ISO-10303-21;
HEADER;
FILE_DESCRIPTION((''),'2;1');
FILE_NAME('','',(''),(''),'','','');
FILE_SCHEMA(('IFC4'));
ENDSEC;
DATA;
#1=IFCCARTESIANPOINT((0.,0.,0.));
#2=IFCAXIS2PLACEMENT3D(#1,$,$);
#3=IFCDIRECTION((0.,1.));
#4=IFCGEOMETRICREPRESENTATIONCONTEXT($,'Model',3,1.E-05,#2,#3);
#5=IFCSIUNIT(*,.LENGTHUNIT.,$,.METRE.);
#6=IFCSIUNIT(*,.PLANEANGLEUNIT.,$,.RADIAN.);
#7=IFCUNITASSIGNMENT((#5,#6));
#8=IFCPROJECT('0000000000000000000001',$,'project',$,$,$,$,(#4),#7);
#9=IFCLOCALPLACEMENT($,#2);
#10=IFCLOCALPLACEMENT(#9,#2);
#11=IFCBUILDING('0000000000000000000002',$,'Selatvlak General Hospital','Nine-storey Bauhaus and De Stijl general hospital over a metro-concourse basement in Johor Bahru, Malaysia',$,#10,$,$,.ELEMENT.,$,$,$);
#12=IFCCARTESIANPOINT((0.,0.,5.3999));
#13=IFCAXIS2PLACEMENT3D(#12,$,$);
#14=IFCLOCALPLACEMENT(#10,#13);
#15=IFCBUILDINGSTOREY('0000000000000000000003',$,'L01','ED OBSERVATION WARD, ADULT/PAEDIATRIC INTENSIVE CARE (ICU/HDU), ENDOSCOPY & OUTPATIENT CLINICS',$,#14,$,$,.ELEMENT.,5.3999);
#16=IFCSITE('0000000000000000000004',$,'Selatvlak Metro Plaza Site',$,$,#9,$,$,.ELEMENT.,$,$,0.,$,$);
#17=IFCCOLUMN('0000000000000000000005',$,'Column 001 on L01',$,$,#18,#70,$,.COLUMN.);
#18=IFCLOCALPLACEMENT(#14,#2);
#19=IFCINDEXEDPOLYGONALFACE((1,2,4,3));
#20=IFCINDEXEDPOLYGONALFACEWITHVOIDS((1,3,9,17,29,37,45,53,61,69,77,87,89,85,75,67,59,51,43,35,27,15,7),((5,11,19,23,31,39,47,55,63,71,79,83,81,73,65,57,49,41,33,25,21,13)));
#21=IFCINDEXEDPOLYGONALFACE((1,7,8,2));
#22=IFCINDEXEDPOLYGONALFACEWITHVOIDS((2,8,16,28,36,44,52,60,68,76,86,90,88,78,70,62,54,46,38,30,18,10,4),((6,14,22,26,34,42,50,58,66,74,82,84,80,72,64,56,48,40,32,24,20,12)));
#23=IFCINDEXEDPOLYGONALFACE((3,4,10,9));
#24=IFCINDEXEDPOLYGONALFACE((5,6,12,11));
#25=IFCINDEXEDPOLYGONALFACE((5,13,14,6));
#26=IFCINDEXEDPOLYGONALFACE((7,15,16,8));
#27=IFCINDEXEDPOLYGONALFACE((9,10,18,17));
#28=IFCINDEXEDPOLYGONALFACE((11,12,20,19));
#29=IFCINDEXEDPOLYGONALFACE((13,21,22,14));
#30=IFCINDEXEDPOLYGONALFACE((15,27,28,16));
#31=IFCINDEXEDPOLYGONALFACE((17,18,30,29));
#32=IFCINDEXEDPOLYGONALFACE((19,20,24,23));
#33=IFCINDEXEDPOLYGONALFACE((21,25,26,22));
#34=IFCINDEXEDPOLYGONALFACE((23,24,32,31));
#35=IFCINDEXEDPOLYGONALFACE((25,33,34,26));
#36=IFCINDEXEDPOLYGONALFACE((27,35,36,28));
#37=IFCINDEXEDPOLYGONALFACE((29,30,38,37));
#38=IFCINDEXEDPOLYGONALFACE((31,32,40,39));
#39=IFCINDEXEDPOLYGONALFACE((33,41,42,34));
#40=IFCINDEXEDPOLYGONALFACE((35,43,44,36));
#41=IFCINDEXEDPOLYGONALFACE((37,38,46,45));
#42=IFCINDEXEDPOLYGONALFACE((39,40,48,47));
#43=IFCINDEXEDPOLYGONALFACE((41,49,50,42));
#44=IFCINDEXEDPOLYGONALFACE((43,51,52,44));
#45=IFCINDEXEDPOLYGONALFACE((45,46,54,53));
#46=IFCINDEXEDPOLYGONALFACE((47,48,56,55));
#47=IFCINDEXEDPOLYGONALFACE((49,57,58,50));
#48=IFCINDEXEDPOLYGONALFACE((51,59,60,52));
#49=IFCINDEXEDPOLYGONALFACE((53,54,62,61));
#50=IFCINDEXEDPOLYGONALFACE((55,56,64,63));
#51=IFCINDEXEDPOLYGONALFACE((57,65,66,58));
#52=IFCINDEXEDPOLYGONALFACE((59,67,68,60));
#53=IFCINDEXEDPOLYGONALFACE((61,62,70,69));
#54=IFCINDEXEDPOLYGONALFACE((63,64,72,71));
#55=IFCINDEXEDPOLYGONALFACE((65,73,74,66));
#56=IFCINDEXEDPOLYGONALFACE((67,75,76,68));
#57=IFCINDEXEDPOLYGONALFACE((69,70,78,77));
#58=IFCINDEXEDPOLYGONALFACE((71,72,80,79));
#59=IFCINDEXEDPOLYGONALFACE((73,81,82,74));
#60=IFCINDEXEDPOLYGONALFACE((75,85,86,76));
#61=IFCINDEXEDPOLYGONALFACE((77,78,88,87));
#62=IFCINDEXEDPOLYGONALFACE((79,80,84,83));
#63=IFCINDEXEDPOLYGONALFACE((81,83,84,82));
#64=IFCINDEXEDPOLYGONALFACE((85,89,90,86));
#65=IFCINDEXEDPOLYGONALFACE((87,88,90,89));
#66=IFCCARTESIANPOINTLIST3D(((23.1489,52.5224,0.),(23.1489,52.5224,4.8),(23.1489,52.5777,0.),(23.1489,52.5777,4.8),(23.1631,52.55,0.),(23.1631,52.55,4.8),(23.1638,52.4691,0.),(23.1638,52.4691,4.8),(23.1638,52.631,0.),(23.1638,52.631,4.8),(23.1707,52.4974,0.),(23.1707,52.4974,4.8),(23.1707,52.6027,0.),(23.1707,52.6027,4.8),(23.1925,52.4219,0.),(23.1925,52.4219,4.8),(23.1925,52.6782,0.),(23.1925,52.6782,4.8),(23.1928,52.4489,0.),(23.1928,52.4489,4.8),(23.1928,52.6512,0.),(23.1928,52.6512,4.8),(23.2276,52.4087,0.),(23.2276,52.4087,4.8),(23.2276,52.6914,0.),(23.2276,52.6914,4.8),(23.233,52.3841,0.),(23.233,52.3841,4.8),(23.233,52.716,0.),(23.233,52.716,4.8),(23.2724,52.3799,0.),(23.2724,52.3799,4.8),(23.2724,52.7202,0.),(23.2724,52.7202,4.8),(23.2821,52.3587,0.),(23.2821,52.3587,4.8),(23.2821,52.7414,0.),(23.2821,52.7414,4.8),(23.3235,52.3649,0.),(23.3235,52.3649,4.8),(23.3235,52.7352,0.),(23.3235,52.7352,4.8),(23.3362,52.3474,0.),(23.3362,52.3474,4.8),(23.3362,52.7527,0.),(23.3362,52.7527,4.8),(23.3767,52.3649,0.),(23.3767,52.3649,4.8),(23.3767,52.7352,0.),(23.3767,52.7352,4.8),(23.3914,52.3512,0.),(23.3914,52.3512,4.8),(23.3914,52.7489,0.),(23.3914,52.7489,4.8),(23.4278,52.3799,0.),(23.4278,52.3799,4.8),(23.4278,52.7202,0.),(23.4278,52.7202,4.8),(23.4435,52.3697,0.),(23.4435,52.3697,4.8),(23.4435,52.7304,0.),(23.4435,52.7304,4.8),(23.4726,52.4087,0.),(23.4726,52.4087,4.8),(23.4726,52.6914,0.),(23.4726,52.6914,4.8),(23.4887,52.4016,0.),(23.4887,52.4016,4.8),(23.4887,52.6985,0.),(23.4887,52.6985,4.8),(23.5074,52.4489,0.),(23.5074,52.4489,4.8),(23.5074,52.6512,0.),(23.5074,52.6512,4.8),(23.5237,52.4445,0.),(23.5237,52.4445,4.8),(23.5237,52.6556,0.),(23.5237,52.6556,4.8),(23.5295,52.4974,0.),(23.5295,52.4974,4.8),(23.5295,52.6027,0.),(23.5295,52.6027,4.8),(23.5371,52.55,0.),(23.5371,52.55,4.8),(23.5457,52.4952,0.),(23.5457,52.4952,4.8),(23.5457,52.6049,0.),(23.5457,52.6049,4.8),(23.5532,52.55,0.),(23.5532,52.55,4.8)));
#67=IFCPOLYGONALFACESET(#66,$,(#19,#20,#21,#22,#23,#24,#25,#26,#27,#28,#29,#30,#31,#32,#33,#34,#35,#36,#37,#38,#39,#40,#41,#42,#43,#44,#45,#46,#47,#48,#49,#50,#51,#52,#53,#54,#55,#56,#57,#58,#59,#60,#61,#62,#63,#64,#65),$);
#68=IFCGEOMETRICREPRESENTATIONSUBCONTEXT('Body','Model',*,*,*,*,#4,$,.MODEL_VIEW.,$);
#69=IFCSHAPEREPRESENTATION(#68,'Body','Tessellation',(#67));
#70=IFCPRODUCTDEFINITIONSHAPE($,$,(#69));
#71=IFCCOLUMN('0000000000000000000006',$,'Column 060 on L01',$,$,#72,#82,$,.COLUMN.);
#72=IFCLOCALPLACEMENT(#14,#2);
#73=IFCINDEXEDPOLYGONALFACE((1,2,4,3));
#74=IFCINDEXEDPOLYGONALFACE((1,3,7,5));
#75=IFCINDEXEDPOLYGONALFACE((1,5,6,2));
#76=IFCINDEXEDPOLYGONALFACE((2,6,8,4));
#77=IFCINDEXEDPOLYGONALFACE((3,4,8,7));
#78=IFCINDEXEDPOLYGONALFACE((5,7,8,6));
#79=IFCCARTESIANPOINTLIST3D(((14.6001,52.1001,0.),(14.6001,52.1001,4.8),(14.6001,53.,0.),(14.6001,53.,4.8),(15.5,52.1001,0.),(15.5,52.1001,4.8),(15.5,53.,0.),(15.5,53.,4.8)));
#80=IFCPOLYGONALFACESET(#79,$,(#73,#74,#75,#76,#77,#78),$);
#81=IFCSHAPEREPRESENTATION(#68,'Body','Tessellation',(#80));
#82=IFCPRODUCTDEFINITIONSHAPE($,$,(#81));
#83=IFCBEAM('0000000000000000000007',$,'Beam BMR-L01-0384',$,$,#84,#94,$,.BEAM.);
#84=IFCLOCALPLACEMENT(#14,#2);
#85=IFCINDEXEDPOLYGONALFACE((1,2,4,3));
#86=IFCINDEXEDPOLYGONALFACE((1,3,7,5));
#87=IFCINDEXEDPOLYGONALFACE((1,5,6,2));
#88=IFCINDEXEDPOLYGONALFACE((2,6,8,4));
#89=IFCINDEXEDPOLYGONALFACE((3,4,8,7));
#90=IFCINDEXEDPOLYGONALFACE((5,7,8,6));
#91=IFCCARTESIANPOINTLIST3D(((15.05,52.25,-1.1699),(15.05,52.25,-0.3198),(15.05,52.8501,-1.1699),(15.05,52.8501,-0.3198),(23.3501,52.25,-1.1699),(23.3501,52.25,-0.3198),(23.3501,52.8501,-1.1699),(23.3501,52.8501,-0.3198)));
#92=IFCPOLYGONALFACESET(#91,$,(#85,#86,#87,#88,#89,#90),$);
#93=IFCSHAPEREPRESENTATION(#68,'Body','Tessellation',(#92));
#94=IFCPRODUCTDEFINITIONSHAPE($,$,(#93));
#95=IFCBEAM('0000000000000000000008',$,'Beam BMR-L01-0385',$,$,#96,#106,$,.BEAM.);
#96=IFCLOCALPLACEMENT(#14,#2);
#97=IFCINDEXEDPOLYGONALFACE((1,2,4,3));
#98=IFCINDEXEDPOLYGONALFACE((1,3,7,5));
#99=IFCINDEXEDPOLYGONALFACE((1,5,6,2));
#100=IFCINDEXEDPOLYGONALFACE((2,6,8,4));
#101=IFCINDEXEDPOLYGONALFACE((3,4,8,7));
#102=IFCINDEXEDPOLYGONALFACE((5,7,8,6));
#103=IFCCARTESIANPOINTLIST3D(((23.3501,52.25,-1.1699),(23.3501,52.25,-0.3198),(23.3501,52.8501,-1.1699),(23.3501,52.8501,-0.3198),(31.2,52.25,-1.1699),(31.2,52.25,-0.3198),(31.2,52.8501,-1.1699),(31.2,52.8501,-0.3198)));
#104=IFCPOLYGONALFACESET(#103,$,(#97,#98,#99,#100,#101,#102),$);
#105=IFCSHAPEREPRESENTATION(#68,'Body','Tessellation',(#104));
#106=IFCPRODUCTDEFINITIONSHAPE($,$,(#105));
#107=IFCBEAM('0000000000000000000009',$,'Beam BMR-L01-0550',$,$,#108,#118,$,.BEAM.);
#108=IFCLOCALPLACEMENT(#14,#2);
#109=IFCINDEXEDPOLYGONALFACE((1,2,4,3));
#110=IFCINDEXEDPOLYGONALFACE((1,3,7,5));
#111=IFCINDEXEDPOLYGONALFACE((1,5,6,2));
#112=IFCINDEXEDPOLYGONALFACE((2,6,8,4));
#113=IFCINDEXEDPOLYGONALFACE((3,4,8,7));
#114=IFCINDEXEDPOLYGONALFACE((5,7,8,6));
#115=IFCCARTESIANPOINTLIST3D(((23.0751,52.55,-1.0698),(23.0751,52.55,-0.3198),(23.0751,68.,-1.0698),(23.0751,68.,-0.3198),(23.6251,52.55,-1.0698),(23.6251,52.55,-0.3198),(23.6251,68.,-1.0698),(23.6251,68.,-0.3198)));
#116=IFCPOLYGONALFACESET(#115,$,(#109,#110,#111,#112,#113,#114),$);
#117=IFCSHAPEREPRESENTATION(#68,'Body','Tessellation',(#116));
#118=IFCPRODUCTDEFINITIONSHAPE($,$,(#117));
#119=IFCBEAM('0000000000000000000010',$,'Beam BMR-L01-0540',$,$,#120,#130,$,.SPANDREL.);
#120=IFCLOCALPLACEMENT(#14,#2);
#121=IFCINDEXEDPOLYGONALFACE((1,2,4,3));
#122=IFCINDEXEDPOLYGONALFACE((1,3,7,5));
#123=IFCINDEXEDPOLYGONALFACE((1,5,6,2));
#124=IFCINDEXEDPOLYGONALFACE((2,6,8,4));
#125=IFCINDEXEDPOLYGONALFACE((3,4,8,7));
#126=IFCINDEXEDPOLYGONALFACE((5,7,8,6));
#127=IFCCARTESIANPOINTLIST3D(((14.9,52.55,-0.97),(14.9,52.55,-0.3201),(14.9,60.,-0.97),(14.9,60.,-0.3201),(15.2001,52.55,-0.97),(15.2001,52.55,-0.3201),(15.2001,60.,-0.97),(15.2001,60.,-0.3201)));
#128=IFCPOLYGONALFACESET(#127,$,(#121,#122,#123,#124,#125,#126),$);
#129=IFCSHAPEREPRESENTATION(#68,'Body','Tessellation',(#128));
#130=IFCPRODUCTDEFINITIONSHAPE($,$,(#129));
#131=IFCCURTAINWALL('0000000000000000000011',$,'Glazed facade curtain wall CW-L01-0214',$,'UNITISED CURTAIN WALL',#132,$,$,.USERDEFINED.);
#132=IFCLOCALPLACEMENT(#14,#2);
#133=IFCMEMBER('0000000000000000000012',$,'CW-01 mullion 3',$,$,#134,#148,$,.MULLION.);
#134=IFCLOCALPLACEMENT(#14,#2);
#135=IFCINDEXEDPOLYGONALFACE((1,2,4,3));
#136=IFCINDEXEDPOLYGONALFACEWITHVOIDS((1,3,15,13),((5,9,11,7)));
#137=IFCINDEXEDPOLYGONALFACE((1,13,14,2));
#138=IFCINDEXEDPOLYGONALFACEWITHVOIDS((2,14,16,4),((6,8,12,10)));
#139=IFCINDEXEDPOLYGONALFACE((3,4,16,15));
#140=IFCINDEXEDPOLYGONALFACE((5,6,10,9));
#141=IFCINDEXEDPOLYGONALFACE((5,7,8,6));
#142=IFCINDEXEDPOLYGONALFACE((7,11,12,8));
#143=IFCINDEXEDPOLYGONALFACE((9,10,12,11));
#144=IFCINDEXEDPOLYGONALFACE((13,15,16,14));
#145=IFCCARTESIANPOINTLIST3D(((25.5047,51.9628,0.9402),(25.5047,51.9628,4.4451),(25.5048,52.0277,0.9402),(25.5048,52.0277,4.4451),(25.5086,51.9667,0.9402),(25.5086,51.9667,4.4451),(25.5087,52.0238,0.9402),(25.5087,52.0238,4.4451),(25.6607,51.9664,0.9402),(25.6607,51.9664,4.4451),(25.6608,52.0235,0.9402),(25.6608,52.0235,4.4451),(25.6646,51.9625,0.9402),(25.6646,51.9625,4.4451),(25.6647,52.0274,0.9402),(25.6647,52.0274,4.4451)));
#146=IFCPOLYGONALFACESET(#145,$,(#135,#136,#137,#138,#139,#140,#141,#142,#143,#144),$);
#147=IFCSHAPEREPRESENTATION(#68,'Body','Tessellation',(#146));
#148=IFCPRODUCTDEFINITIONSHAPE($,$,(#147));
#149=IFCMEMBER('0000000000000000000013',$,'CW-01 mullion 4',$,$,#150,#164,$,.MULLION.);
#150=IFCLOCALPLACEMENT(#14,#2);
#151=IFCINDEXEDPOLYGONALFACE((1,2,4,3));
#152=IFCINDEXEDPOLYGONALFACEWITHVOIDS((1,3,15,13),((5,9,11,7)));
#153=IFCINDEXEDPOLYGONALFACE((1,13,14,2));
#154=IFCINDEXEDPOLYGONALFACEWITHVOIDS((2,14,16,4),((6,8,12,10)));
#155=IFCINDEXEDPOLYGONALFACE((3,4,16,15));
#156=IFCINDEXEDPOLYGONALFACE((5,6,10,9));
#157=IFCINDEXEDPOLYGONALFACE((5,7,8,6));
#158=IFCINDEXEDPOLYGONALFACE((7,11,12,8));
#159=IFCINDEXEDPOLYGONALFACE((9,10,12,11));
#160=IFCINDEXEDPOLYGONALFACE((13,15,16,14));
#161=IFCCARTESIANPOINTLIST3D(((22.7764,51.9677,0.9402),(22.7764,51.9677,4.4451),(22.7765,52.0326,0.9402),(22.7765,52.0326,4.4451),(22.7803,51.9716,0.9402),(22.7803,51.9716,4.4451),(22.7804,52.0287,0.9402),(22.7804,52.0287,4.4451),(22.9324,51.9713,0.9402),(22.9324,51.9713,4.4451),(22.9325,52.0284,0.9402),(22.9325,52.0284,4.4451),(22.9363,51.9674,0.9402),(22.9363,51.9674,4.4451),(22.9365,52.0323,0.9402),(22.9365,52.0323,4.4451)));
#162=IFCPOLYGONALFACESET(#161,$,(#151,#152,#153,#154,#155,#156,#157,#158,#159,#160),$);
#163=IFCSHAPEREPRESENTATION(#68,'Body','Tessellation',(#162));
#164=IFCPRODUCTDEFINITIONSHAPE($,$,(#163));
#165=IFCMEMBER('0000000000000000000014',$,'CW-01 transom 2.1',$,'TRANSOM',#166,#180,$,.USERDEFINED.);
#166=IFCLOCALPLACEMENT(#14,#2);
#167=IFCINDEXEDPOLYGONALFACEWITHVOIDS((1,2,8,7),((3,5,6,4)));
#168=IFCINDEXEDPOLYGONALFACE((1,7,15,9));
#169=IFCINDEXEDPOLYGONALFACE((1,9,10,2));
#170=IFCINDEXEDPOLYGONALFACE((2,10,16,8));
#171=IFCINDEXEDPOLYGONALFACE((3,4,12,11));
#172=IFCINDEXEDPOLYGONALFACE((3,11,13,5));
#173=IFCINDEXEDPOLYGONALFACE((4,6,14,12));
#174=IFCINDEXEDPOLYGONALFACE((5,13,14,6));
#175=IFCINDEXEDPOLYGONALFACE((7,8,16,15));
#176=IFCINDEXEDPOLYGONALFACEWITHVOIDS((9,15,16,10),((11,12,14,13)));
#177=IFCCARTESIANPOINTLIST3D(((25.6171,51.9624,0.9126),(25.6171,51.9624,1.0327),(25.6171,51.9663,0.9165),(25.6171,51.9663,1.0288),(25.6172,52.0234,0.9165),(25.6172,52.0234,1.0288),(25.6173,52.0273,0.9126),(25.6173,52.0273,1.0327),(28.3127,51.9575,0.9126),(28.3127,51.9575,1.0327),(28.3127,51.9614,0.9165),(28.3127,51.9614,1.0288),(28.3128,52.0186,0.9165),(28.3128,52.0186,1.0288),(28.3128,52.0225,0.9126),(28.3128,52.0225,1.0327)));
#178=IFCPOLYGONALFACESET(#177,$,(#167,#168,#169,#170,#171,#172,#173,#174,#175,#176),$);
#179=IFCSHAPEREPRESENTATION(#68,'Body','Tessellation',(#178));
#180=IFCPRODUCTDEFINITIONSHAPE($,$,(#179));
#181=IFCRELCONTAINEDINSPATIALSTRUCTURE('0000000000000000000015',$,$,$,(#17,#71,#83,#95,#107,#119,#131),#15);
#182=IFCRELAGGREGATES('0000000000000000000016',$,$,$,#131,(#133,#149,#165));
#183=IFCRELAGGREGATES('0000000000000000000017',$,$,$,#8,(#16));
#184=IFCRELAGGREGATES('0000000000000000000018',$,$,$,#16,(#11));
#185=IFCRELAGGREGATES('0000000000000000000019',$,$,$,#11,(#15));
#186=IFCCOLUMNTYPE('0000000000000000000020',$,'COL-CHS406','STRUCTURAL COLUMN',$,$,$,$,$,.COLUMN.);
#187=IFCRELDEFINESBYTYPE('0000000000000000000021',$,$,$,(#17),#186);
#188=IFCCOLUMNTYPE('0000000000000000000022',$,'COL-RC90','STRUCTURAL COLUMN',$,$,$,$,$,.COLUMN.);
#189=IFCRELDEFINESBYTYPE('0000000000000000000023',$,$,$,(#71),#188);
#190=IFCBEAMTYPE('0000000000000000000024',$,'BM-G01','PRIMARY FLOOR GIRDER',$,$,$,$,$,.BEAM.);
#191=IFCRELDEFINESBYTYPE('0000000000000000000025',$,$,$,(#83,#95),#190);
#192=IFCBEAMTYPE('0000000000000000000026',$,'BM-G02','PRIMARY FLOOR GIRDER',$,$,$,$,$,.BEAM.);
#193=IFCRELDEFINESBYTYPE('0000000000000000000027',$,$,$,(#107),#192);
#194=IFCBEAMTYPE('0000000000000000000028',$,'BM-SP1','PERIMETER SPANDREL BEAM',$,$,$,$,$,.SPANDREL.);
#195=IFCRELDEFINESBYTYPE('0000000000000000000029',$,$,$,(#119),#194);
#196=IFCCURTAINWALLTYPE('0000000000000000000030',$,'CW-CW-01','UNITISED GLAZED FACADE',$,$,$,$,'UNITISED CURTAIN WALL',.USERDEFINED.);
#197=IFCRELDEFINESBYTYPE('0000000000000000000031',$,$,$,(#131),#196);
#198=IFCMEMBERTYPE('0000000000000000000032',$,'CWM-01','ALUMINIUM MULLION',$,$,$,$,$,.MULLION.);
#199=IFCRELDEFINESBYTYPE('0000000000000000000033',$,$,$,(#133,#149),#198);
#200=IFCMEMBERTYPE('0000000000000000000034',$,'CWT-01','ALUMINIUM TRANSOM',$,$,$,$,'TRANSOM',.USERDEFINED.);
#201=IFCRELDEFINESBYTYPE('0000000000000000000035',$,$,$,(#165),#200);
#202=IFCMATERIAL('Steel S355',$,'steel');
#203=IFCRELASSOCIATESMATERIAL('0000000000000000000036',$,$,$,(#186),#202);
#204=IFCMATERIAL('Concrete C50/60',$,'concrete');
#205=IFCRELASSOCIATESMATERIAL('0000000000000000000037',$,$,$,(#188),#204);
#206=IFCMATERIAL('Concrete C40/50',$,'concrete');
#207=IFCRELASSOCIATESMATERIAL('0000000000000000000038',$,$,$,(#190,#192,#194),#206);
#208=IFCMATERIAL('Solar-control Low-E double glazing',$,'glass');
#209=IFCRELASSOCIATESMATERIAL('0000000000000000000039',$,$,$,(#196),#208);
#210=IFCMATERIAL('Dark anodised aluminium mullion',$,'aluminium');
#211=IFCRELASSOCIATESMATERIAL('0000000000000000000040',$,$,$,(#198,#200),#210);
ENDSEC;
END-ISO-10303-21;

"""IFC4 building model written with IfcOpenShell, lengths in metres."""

from ifc_helpers import new_model, si_unit, direction, frame, origin, origin_2d, place, context, subcontext, project, spatial, rectangle, hollow_rectangle, hollow_circle, extrude, material, material_profile, profile_set, type_object, element, aggregate, save


model = new_model("IFC4")

# Units and contexts
model_context = context("Model", 3, precision=1e-05, world=origin(), true_north=direction((0.0, 1.0)))
body_context = subcontext(model_context, "Body", "Model", "MODEL_VIEW")
ifc_project = project(units=[si_unit("LENGTHUNIT", "METRE"), si_unit("PLANEANGLEUNIT", "RADIAN")], contexts=[model_context])

# Site, building, storey
site_placement = place(None, origin())
site = spatial("IfcSite", under=ifc_project, at=site_placement, Name="Selatvlak Metro Plaza Site", CompositionType="ELEMENT", RefElevation=0.0)
building_placement = place(site_placement, origin())
building = spatial("IfcBuilding", under=site, at=building_placement, Name="Selatvlak General Hospital", Description="Nine-storey Bauhaus and De Stijl general hospital over a metro-concourse basement in Johor Bahru, Malaysia", CompositionType="ELEMENT")
storey_placement = place(building_placement, frame((0.0, 0.0, 5.3999)))
storey = spatial("IfcBuildingStorey", under=building, at=storey_placement, Name="L01", Description="ED OBSERVATION WARD, ADULT/PAEDIATRIC INTENSIVE CARE (ICU/HDU), ENDOSCOPY & OUTPATIENT CLINICS", CompositionType="ELEMENT", Elevation=5.3999)

# Columns
ifc_material_1 = material(Name="Steel S355", Category="steel")
ifc_material_profile_1 = material_profile(ifc_material_1, hollow_circle(Radius=0.2031, WallThickness=0.0161, at=origin_2d()), Name="CHS 406.4x16")
ifc_profile_set_1 = profile_set([ifc_material_profile_1], Name="Steel S355")
column_type_1 = type_object("IfcColumnType", Name="COL-CHS406", Description="STRUCTURAL COLUMN", PredefinedType="COLUMN", material=ifc_profile_set_1)
column_1_placement = place(storey_placement, frame((23.3501, 52.55, 0.0), z_axis=(0.0, 0.0, 1.0), x_axis=(1.0, 0.0, 0.0)))
element("IfcColumn", 1, at=column_1_placement, inside=storey, type_object=column_type_1, Name="Column 001 on L01", PredefinedType="COLUMN", context=body_context, shape_type="SweptSolid", body=[
    extrude(hollow_circle(Radius=0.2031, WallThickness=0.0161, at=origin_2d()), origin(), (0.0, 0.0, 1.0), 4.8),
])
ifc_material_2 = material(Name="Concrete C50/60", Category="concrete")
ifc_material_profile_2 = material_profile(ifc_material_2, rectangle(XDim=0.8999, YDim=0.8999, at=origin_2d()), Name="RC-COL 900x900")
ifc_profile_set_2 = profile_set([ifc_material_profile_2], Name="Concrete C50/60")
column_type_2 = type_object("IfcColumnType", Name="COL-RC90", Description="STRUCTURAL COLUMN", PredefinedType="COLUMN", material=ifc_profile_set_2)
column_2_placement = place(storey_placement, frame((15.05, 52.55, 0.0), z_axis=(0.0, 0.0, 1.0), x_axis=(1.0, 0.0, 0.0)))
element("IfcColumn", 2, at=column_2_placement, inside=storey, type_object=column_type_2, Name="Column 060 on L01", PredefinedType="COLUMN", context=body_context, shape_type="SweptSolid", body=[
    extrude(rectangle(XDim=0.8999, YDim=0.8999, at=origin_2d()), origin(), (0.0, 0.0, 1.0), 4.8),
])

# Beams
ifc_material_3 = material(Name="Concrete C40/50", Category="concrete")
ifc_material_profile_3 = material_profile(ifc_material_3, rectangle(XDim=0.6001, YDim=0.8501, at=origin_2d()), Name="RC-BM 600x850")
ifc_profile_set_3 = profile_set([ifc_material_profile_3], Name="Concrete C40/50")
beam_type_1 = type_object("IfcBeamType", Name="BM-G01", Description="PRIMARY FLOOR GIRDER", PredefinedType="BEAM", material=ifc_profile_set_3)
beam_1_placement = place(storey_placement, frame((15.05, 52.55, -0.7449), z_axis=(1.0, 0.0, 0.0), x_axis=(0.0, 1.0, 0.0)))
element("IfcBeam", 3, at=beam_1_placement, inside=storey, type_object=beam_type_1, Name="Beam BMR-L01-0384", PredefinedType="BEAM", context=body_context, shape_type="SweptSolid", body=[
    extrude(rectangle(XDim=0.6001, YDim=0.8501, at=origin_2d()), origin(), (0.0, 0.0, 1.0), 8.3),
])
beam_2_placement = place(storey_placement, frame((23.3501, 52.55, -0.7449), z_axis=(1.0, 0.0, 0.0), x_axis=(0.0, 1.0, 0.0)))
element("IfcBeam", 4, at=beam_2_placement, inside=storey, type_object=beam_type_1, Name="Beam BMR-L01-0385", PredefinedType="BEAM", context=body_context, shape_type="SweptSolid", body=[
    extrude(rectangle(XDim=0.6001, YDim=0.8501, at=origin_2d()), origin(), (0.0, 0.0, 1.0), 7.8499),
])
ifc_material_profile_4 = material_profile(ifc_material_3, rectangle(XDim=0.55, YDim=0.75, at=origin_2d()), Name="RC-BM 550x750")
ifc_profile_set_4 = profile_set([ifc_material_profile_4], Name="Concrete C40/50")
beam_type_2 = type_object("IfcBeamType", Name="BM-G02", Description="PRIMARY FLOOR GIRDER", PredefinedType="BEAM", material=ifc_profile_set_4)
beam_3_placement = place(storey_placement, frame((23.3501, 52.55, -0.6948), z_axis=(0.0, 1.0, 0.0), x_axis=(-1.0, 0.0, 0.0)))
element("IfcBeam", 5, at=beam_3_placement, inside=storey, type_object=beam_type_2, Name="Beam BMR-L01-0550", PredefinedType="BEAM", context=body_context, shape_type="SweptSolid", body=[
    extrude(rectangle(XDim=0.55, YDim=0.75, at=origin_2d()), origin(), (0.0, 0.0, 1.0), 15.45),
])
ifc_material_profile_5 = material_profile(ifc_material_3, rectangle(XDim=0.3, YDim=0.6499, at=origin_2d()), Name="RC-SP 300x650")
ifc_profile_set_5 = profile_set([ifc_material_profile_5], Name="Concrete C40/50")
beam_type_3 = type_object("IfcBeamType", Name="BM-SP1", Description="PERIMETER SPANDREL BEAM", PredefinedType="SPANDREL", material=ifc_profile_set_5)
beam_4_placement = place(storey_placement, frame((15.05, 52.55, -0.645), z_axis=(0.0, 1.0, 0.0), x_axis=(-1.0, 0.0, 0.0)))
element("IfcBeam", 6, at=beam_4_placement, inside=storey, type_object=beam_type_3, Name="Beam BMR-L01-0540", PredefinedType="SPANDREL", context=body_context, shape_type="SweptSolid", body=[
    extrude(rectangle(XDim=0.3, YDim=0.6499, at=origin_2d()), origin(), (0.0, 0.0, 1.0), 7.45),
])

# Curtain wall, members
ifc_material_4 = material(Name="Solar-control Low-E double glazing", Category="glass")
curtain_wall_type = type_object("IfcCurtainWallType", Name="CW-CW-01", Description="UNITISED GLAZED FACADE", ElementType="UNITISED CURTAIN WALL", PredefinedType="USERDEFINED", material=ifc_material_4)
curtain_wall_placement = place(storey_placement, origin())
curtain_wall = element("IfcCurtainWall", 7, at=curtain_wall_placement, inside=storey, type_object=curtain_wall_type, Name="Glazed facade curtain wall CW-L01-0214", ObjectType="UNITISED CURTAIN WALL", PredefinedType="USERDEFINED")
ifc_material_5 = material(Name="Dark anodised aluminium mullion", Category="aluminium")
ifc_material_profile_6 = material_profile(ifc_material_5, hollow_rectangle(XDim=0.0649, YDim=0.1599, WallThickness=0.0039, at=origin_2d()), Name="AL-MUL 65x160x4")
ifc_profile_set_6 = profile_set([ifc_material_profile_6], Name="Dark anodised aluminium mullion")
member_type_1 = type_object("IfcMemberType", Name="CWM-01", Description="ALUMINIUM MULLION", PredefinedType="MULLION", material=ifc_profile_set_6)
member_1_placement = place(storey_placement, frame((25.5847, 51.9951, 0.9402), z_axis=(0.0, 0.0, 1.0), x_axis=(-0.001811, -0.999998, 0.0)))
member_1 = element("IfcMember", 8, at=member_1_placement, type_object=member_type_1, Name="CW-01 mullion 3", PredefinedType="MULLION", context=body_context, shape_type="SweptSolid", body=[
    extrude(hollow_rectangle(XDim=0.0649, YDim=0.1599, WallThickness=0.0039, at=origin_2d()), origin(), (0.0, 0.0, 1.0), 3.5049),
])
member_2_placement = place(storey_placement, frame((22.8564, 52.0, 0.9402), z_axis=(0.0, 0.0, 1.0), x_axis=(-0.001811, -0.999998, 0.0)))
member_2 = element("IfcMember", 9, at=member_2_placement, type_object=member_type_1, Name="CW-01 mullion 4", PredefinedType="MULLION", context=body_context, shape_type="SweptSolid", body=[
    extrude(hollow_rectangle(XDim=0.0649, YDim=0.1599, WallThickness=0.0039, at=origin_2d()), origin(), (0.0, 0.0, 1.0), 3.5049),
])
ifc_material_profile_7 = material_profile(ifc_material_5, hollow_rectangle(XDim=0.0649, YDim=0.1201, WallThickness=0.0039, at=origin_2d()), Name="AL-TRN 65x120x4")
ifc_profile_set_7 = profile_set([ifc_material_profile_7], Name="Dark anodised aluminium mullion")
member_type_2 = type_object("IfcMemberType", Name="CWT-01", Description="ALUMINIUM TRANSOM", ElementType="TRANSOM", PredefinedType="USERDEFINED", material=ifc_profile_set_7)
member_3_placement = place(storey_placement, frame((28.3127, 51.99, 0.9727), z_axis=(-0.999998, 0.001811, 0.0), x_axis=(-0.001811, -0.999998, 0.0)))
member_3 = element("IfcMember", 10, at=member_3_placement, type_object=member_type_2, Name="CW-01 transom 2.1", ObjectType="TRANSOM", PredefinedType="USERDEFINED", context=body_context, shape_type="SweptSolid", body=[
    extrude(hollow_rectangle(XDim=0.0649, YDim=0.1201, WallThickness=0.0039, at=origin_2d()), origin(), (0.0, 0.0, 1.0), 2.6956),
])
aggregate(curtain_wall, [member_1, member_2, member_3])

save(model, "model.ifc")
